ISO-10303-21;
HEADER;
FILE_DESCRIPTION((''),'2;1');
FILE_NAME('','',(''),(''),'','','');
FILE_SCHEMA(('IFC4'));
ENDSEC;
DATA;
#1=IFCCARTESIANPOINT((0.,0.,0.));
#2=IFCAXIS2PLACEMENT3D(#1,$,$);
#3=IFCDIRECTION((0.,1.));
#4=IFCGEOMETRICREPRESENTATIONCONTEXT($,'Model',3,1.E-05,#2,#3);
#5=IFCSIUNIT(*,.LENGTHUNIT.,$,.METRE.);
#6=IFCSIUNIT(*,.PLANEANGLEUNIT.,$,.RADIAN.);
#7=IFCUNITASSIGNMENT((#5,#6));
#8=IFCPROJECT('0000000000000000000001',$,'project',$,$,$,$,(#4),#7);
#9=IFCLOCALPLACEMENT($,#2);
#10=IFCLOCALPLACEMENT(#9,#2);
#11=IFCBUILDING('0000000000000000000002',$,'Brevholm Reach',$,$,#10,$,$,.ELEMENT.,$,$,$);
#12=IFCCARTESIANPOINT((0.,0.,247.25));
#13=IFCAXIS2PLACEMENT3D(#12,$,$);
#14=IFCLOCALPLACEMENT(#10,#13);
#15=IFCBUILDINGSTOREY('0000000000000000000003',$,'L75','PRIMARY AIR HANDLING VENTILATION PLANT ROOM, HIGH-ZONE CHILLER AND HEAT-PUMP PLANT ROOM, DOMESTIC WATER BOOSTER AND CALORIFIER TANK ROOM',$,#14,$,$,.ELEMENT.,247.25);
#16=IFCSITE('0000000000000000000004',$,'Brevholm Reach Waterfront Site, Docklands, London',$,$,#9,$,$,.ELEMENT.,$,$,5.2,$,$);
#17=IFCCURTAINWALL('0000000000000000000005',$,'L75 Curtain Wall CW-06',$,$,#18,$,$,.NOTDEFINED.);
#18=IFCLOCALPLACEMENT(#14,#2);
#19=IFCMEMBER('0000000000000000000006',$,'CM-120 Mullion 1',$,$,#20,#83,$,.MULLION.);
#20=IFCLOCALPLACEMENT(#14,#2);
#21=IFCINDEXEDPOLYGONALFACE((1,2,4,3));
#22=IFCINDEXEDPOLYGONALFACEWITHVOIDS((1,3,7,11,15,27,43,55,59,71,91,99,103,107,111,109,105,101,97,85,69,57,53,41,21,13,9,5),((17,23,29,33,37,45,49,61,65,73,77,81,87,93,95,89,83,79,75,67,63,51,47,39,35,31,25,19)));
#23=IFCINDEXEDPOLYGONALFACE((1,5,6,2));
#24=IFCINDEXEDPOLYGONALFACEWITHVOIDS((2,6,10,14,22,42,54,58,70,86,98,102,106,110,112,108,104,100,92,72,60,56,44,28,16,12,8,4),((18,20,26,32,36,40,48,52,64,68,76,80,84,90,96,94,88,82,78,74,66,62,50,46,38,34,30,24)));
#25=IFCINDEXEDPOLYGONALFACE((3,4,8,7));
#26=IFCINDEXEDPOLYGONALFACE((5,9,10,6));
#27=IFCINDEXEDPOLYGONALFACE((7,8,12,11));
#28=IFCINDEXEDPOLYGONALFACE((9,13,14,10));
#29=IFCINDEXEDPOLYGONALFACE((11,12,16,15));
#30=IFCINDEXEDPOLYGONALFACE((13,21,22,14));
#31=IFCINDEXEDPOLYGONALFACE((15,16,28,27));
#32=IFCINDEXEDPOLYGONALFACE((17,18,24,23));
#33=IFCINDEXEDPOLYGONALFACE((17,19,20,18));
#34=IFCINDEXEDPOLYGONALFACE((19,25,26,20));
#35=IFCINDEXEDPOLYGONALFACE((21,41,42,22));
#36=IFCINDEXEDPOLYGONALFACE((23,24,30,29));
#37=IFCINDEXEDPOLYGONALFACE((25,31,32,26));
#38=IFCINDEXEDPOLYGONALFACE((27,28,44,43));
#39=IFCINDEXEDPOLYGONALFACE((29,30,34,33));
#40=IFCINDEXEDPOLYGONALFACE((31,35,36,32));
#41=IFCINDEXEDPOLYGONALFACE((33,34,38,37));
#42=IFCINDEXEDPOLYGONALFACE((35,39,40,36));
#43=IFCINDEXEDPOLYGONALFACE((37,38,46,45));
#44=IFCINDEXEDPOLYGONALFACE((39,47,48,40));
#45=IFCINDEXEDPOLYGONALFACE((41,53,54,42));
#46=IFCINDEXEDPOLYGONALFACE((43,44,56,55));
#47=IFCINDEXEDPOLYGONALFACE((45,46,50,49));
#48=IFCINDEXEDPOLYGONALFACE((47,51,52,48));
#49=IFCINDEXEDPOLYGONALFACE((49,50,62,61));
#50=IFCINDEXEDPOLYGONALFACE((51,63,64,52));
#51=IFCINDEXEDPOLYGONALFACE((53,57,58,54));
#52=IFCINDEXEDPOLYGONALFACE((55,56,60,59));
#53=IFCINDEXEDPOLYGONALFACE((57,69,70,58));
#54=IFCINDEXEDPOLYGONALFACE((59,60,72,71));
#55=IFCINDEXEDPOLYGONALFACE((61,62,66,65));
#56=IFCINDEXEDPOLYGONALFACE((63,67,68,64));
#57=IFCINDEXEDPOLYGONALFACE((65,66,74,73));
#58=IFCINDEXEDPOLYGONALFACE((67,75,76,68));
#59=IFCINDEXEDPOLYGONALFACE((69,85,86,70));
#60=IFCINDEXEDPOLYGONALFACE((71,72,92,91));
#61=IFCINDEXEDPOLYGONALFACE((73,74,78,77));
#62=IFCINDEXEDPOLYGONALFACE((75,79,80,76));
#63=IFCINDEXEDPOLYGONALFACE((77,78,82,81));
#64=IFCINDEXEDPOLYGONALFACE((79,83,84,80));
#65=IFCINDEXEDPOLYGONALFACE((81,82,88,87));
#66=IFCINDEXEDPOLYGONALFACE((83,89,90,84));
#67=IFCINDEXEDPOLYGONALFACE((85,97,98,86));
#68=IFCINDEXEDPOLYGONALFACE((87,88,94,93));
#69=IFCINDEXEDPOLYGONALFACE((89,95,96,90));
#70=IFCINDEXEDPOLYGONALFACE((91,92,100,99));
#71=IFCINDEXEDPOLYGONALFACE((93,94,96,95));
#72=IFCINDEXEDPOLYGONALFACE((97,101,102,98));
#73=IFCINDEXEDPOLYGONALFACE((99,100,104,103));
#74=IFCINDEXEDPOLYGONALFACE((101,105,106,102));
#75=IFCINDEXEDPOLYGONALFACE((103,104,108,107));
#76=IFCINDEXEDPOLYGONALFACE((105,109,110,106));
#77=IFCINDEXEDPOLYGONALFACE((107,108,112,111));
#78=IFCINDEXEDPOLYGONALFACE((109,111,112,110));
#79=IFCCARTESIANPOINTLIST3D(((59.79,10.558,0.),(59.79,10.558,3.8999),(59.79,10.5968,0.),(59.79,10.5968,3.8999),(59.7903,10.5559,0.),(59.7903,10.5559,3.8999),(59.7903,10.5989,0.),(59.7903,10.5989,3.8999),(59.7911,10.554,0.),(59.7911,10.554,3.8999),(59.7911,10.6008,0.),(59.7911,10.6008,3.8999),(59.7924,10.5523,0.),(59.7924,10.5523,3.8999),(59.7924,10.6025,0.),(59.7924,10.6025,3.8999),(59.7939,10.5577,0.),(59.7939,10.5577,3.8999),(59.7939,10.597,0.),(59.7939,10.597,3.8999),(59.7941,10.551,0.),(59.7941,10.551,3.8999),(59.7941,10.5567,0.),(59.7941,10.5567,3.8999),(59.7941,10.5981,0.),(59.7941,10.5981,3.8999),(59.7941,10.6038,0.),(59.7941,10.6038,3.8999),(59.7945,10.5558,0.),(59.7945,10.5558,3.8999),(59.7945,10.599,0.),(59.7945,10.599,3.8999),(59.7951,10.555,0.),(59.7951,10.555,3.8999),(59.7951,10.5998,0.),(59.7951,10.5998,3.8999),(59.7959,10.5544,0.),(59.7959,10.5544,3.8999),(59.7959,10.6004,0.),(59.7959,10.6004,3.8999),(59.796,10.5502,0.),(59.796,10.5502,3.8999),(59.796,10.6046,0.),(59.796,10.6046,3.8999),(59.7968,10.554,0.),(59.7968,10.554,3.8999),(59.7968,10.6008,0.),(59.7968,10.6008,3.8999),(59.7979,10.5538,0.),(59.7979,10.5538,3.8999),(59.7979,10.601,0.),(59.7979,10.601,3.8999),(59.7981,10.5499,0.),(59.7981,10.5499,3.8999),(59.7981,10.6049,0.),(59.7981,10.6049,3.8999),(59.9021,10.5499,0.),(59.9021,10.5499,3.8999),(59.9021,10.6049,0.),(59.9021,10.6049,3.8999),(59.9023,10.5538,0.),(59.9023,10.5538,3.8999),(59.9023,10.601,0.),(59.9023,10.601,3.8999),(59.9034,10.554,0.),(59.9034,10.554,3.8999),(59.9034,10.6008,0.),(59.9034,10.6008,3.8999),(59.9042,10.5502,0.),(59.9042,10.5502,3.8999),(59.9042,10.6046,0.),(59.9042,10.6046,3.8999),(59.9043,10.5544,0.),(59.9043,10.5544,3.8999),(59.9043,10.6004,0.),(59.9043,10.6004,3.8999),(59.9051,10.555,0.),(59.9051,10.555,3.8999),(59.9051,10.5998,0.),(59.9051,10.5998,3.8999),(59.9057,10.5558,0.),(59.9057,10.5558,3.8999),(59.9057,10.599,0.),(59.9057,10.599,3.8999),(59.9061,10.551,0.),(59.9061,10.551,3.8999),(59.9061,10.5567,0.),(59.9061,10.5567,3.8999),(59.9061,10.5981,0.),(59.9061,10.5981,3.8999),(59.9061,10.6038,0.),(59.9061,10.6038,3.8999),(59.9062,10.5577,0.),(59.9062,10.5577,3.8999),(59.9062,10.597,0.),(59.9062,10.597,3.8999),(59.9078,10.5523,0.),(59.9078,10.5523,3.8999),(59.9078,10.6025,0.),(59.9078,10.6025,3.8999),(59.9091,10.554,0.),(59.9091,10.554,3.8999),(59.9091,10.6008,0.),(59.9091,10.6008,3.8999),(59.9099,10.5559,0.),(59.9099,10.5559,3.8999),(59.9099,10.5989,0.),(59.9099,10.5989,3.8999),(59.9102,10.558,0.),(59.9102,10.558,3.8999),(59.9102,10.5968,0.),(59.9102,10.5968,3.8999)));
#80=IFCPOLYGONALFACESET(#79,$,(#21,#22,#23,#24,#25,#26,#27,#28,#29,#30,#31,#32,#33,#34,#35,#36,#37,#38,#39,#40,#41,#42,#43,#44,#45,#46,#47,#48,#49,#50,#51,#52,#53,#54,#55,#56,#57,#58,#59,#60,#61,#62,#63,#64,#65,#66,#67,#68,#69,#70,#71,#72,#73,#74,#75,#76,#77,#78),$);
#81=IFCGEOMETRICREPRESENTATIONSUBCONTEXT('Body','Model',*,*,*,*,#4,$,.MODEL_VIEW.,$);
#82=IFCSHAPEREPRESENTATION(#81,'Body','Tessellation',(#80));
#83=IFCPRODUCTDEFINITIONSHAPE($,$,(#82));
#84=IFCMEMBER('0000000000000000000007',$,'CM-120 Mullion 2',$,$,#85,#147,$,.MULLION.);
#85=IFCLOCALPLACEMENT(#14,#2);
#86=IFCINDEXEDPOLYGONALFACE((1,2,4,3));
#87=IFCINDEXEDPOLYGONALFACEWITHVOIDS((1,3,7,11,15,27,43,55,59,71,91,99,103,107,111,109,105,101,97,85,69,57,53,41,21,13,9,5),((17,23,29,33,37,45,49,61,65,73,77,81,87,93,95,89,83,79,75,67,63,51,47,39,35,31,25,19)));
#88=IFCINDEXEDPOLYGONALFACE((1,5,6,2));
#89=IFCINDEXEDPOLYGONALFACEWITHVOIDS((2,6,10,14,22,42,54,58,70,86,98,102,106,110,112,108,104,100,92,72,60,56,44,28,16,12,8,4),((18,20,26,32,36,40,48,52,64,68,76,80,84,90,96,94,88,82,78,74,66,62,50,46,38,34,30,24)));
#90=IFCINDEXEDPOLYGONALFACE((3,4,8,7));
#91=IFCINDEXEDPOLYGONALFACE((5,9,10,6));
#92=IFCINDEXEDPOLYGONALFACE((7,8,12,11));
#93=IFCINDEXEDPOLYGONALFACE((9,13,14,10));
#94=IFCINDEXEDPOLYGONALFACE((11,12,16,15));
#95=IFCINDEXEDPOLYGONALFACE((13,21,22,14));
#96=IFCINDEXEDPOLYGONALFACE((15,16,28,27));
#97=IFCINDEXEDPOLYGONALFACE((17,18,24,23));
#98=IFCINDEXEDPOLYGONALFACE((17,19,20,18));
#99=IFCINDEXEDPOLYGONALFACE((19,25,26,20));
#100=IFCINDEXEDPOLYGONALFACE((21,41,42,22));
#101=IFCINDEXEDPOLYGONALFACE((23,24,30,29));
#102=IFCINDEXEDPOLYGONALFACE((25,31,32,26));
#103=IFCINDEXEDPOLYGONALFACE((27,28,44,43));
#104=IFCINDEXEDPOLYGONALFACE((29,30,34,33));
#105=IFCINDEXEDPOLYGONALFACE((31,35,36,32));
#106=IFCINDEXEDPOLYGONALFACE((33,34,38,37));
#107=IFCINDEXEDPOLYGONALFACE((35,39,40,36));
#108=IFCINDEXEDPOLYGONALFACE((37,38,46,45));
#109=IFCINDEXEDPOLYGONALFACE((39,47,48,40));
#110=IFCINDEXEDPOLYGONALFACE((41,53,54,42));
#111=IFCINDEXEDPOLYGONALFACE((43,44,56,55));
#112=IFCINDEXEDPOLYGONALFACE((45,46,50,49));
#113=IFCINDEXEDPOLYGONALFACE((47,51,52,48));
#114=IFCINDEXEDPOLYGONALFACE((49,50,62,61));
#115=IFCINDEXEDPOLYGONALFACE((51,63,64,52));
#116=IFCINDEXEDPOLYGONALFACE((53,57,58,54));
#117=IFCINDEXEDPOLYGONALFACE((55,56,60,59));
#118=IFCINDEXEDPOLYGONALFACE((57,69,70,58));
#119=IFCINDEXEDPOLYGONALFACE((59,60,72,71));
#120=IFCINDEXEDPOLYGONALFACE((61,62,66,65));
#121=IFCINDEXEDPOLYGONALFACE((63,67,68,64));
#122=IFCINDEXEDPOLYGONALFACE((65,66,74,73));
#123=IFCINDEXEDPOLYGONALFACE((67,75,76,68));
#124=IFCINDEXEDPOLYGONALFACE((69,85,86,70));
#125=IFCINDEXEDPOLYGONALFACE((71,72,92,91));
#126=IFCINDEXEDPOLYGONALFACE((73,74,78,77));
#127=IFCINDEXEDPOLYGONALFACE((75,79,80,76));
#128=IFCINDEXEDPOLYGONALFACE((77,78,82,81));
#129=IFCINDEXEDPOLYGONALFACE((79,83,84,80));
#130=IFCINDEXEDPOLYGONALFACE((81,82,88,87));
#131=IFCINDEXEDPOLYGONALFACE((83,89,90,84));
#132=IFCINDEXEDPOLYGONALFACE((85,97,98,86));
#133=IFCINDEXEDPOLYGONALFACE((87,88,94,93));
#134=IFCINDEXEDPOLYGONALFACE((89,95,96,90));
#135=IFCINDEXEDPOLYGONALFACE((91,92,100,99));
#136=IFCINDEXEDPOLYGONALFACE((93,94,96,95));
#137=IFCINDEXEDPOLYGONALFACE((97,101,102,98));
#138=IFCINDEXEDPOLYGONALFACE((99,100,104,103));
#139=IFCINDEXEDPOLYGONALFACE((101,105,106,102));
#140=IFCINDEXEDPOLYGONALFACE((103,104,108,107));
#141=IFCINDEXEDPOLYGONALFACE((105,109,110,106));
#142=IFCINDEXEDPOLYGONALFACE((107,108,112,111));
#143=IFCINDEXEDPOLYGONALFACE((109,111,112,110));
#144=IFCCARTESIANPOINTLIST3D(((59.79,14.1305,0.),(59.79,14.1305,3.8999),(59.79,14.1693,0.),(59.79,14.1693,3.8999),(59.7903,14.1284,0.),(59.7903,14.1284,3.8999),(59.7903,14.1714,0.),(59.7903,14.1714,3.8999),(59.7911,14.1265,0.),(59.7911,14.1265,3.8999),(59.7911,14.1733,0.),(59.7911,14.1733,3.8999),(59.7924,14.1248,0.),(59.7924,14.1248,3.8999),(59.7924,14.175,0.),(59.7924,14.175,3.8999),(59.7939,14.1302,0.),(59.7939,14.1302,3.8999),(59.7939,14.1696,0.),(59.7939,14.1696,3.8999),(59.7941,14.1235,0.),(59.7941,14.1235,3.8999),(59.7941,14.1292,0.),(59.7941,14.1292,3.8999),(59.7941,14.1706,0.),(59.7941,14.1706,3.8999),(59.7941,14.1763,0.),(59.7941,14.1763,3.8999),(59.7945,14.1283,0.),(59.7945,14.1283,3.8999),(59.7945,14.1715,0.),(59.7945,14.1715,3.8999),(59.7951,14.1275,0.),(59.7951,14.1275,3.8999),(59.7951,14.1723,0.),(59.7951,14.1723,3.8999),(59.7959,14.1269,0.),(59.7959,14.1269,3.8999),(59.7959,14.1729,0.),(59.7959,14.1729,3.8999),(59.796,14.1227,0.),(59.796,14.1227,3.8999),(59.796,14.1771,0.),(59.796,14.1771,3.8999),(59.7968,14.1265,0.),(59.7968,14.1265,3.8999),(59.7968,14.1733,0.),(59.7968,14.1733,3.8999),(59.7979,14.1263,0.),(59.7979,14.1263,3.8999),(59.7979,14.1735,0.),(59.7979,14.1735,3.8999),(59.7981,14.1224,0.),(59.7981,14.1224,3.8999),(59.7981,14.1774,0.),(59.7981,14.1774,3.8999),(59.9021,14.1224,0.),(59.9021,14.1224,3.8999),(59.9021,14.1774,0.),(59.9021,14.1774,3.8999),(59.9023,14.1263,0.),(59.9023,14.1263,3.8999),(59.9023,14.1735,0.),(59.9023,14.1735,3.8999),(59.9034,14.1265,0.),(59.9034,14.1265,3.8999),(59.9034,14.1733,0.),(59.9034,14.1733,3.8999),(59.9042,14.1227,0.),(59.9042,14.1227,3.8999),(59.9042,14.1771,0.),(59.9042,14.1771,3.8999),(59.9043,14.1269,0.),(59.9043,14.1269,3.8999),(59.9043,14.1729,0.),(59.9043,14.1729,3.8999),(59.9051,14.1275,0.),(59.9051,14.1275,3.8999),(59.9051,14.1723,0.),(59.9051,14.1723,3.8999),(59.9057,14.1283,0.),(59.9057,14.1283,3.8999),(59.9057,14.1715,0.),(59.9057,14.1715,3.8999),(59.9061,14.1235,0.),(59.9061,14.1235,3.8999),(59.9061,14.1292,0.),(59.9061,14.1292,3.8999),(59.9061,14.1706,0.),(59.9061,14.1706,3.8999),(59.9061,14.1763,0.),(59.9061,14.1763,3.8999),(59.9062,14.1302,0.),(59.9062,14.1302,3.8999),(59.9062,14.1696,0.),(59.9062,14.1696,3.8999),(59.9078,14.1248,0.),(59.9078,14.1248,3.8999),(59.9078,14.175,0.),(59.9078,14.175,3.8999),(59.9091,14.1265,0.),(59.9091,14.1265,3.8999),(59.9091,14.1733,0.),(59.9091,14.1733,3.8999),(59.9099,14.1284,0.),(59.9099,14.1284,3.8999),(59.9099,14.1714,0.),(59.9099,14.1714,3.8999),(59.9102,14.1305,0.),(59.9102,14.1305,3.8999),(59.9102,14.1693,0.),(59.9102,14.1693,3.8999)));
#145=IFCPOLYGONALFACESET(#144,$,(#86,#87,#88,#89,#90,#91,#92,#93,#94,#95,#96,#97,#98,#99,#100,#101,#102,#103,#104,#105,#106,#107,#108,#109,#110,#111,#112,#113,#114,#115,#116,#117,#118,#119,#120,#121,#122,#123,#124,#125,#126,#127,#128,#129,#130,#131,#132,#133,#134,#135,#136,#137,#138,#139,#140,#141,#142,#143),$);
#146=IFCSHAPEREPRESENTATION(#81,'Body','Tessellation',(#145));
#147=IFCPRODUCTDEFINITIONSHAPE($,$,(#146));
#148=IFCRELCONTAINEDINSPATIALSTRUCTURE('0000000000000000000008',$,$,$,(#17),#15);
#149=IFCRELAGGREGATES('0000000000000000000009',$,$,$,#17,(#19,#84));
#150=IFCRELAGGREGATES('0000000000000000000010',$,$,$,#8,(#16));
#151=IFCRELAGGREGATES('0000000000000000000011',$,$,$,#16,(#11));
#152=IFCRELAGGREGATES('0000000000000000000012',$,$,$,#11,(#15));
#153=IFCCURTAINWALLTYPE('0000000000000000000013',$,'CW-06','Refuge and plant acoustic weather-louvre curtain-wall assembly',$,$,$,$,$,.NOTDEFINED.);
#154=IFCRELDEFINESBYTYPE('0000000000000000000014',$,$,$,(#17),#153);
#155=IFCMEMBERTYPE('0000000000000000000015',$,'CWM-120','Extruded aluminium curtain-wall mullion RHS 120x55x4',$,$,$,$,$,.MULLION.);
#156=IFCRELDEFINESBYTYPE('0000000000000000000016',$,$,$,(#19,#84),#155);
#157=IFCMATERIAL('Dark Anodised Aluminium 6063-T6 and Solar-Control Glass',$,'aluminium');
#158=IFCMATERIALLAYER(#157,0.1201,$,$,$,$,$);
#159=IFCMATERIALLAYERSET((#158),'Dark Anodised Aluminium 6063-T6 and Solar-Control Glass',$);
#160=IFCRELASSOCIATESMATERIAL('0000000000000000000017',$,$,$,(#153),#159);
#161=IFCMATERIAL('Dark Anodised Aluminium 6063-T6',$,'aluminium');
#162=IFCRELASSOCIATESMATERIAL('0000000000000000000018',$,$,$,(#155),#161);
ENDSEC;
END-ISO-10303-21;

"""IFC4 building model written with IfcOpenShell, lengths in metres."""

from ifc_helpers import new_model, si_unit, direction, frame, origin, origin_2d, place, context, subcontext, project, spatial, hollow_rectangle, extrude, material, layer, layer_set, material_profile, profile_set, type_object, element, aggregate, save


model = new_model("IFC4")

# Units and contexts
model_context = context("Model", 3, precision=1e-05, world=origin(), true_north=direction((0.0, 1.0)))
body_context = subcontext(model_context, "Body", "Model", "MODEL_VIEW")
ifc_project = project(units=[si_unit("LENGTHUNIT", "METRE"), si_unit("PLANEANGLEUNIT", "RADIAN")], contexts=[model_context])

# Site, building, storey
site_placement = place(None, origin())
site = spatial("IfcSite", under=ifc_project, at=site_placement, Name="Brevholm Reach Waterfront Site, Docklands, London", CompositionType="ELEMENT", RefElevation=5.2)
building_placement = place(site_placement, origin())
building = spatial("IfcBuilding", under=site, at=building_placement, Name="Brevholm Reach", CompositionType="ELEMENT")
storey_placement = place(building_placement, frame((0.0, 0.0, 247.25)))
storey = spatial("IfcBuildingStorey", under=building, at=storey_placement, Name="L75", Description="PRIMARY AIR HANDLING VENTILATION PLANT ROOM, HIGH-ZONE CHILLER AND HEAT-PUMP PLANT ROOM, DOMESTIC WATER BOOSTER AND CALORIFIER TANK ROOM", CompositionType="ELEMENT", Elevation=247.25)

# Curtain wall, members
ifc_material_1 = material(Name="Dark Anodised Aluminium 6063-T6 and Solar-Control Glass", Category="aluminium")
ifc_layer_1 = layer(ifc_material_1, 0.1201)
ifc_layer_set_1 = layer_set([ifc_layer_1], Name="Dark Anodised Aluminium 6063-T6 and Solar-Control Glass")
curtain_wall_type = type_object("IfcCurtainWallType", Name="CW-06", Description="Refuge and plant acoustic weather-louvre curtain-wall assembly", PredefinedType="NOTDEFINED", material=ifc_layer_set_1)
curtain_wall_placement = place(storey_placement, origin())
curtain_wall = element("IfcCurtainWall", 1, at=curtain_wall_placement, inside=storey, type_object=curtain_wall_type, Name="L75 Curtain Wall CW-06", PredefinedType="NOTDEFINED")
ifc_material_2 = material(Name="Dark Anodised Aluminium 6063-T6", Category="aluminium")
ifc_material_profile_1 = material_profile(ifc_material_2, hollow_rectangle(XDim=0.0549, YDim=0.1201, WallThickness=0.0039, InnerFilletRadius=0.0039, OuterFilletRadius=0.0081, at=origin_2d()), Name="RHS 120x55x4")
ifc_profile_set_1 = profile_set([ifc_material_profile_1], Name="Dark Anodised Aluminium 6063-T6")
member_type_1 = type_object("IfcMemberType", Name="CWM-120", Description="Extruded aluminium curtain-wall mullion RHS 120x55x4", PredefinedType="MULLION", material=ifc_profile_set_1)
member_1_placement = place(storey_placement, frame((59.8501, 10.5774, 0.0), z_axis=(0.0, 0.0, 1.0), x_axis=(0.0, 1.0, 0.0)))
member_1 = element("IfcMember", 2, at=member_1_placement, type_object=member_type_1, Name="CM-120 Mullion 1", PredefinedType="MULLION", context=body_context, shape_type="SweptSolid", body=[
    extrude(hollow_rectangle(XDim=0.0549, YDim=0.1201, WallThickness=0.0039, InnerFilletRadius=0.0039, OuterFilletRadius=0.0081, at=origin_2d()), origin(), (0.0, 0.0, 1.0), 3.8999),
])
member_2_placement = place(storey_placement, frame((59.8501, 14.1499, 0.0), z_axis=(0.0, 0.0, 1.0), x_axis=(0.0, 1.0, 0.0)))
member_2 = element("IfcMember", 3, at=member_2_placement, type_object=member_type_1, Name="CM-120 Mullion 2", PredefinedType="MULLION", context=body_context, shape_type="SweptSolid", body=[
    extrude(hollow_rectangle(XDim=0.0549, YDim=0.1201, WallThickness=0.0039, InnerFilletRadius=0.0039, OuterFilletRadius=0.0081, at=origin_2d()), origin(), (0.0, 0.0, 1.0), 3.8999),
])
aggregate(curtain_wall, [member_1, member_2])

save(model, "model.ifc")
